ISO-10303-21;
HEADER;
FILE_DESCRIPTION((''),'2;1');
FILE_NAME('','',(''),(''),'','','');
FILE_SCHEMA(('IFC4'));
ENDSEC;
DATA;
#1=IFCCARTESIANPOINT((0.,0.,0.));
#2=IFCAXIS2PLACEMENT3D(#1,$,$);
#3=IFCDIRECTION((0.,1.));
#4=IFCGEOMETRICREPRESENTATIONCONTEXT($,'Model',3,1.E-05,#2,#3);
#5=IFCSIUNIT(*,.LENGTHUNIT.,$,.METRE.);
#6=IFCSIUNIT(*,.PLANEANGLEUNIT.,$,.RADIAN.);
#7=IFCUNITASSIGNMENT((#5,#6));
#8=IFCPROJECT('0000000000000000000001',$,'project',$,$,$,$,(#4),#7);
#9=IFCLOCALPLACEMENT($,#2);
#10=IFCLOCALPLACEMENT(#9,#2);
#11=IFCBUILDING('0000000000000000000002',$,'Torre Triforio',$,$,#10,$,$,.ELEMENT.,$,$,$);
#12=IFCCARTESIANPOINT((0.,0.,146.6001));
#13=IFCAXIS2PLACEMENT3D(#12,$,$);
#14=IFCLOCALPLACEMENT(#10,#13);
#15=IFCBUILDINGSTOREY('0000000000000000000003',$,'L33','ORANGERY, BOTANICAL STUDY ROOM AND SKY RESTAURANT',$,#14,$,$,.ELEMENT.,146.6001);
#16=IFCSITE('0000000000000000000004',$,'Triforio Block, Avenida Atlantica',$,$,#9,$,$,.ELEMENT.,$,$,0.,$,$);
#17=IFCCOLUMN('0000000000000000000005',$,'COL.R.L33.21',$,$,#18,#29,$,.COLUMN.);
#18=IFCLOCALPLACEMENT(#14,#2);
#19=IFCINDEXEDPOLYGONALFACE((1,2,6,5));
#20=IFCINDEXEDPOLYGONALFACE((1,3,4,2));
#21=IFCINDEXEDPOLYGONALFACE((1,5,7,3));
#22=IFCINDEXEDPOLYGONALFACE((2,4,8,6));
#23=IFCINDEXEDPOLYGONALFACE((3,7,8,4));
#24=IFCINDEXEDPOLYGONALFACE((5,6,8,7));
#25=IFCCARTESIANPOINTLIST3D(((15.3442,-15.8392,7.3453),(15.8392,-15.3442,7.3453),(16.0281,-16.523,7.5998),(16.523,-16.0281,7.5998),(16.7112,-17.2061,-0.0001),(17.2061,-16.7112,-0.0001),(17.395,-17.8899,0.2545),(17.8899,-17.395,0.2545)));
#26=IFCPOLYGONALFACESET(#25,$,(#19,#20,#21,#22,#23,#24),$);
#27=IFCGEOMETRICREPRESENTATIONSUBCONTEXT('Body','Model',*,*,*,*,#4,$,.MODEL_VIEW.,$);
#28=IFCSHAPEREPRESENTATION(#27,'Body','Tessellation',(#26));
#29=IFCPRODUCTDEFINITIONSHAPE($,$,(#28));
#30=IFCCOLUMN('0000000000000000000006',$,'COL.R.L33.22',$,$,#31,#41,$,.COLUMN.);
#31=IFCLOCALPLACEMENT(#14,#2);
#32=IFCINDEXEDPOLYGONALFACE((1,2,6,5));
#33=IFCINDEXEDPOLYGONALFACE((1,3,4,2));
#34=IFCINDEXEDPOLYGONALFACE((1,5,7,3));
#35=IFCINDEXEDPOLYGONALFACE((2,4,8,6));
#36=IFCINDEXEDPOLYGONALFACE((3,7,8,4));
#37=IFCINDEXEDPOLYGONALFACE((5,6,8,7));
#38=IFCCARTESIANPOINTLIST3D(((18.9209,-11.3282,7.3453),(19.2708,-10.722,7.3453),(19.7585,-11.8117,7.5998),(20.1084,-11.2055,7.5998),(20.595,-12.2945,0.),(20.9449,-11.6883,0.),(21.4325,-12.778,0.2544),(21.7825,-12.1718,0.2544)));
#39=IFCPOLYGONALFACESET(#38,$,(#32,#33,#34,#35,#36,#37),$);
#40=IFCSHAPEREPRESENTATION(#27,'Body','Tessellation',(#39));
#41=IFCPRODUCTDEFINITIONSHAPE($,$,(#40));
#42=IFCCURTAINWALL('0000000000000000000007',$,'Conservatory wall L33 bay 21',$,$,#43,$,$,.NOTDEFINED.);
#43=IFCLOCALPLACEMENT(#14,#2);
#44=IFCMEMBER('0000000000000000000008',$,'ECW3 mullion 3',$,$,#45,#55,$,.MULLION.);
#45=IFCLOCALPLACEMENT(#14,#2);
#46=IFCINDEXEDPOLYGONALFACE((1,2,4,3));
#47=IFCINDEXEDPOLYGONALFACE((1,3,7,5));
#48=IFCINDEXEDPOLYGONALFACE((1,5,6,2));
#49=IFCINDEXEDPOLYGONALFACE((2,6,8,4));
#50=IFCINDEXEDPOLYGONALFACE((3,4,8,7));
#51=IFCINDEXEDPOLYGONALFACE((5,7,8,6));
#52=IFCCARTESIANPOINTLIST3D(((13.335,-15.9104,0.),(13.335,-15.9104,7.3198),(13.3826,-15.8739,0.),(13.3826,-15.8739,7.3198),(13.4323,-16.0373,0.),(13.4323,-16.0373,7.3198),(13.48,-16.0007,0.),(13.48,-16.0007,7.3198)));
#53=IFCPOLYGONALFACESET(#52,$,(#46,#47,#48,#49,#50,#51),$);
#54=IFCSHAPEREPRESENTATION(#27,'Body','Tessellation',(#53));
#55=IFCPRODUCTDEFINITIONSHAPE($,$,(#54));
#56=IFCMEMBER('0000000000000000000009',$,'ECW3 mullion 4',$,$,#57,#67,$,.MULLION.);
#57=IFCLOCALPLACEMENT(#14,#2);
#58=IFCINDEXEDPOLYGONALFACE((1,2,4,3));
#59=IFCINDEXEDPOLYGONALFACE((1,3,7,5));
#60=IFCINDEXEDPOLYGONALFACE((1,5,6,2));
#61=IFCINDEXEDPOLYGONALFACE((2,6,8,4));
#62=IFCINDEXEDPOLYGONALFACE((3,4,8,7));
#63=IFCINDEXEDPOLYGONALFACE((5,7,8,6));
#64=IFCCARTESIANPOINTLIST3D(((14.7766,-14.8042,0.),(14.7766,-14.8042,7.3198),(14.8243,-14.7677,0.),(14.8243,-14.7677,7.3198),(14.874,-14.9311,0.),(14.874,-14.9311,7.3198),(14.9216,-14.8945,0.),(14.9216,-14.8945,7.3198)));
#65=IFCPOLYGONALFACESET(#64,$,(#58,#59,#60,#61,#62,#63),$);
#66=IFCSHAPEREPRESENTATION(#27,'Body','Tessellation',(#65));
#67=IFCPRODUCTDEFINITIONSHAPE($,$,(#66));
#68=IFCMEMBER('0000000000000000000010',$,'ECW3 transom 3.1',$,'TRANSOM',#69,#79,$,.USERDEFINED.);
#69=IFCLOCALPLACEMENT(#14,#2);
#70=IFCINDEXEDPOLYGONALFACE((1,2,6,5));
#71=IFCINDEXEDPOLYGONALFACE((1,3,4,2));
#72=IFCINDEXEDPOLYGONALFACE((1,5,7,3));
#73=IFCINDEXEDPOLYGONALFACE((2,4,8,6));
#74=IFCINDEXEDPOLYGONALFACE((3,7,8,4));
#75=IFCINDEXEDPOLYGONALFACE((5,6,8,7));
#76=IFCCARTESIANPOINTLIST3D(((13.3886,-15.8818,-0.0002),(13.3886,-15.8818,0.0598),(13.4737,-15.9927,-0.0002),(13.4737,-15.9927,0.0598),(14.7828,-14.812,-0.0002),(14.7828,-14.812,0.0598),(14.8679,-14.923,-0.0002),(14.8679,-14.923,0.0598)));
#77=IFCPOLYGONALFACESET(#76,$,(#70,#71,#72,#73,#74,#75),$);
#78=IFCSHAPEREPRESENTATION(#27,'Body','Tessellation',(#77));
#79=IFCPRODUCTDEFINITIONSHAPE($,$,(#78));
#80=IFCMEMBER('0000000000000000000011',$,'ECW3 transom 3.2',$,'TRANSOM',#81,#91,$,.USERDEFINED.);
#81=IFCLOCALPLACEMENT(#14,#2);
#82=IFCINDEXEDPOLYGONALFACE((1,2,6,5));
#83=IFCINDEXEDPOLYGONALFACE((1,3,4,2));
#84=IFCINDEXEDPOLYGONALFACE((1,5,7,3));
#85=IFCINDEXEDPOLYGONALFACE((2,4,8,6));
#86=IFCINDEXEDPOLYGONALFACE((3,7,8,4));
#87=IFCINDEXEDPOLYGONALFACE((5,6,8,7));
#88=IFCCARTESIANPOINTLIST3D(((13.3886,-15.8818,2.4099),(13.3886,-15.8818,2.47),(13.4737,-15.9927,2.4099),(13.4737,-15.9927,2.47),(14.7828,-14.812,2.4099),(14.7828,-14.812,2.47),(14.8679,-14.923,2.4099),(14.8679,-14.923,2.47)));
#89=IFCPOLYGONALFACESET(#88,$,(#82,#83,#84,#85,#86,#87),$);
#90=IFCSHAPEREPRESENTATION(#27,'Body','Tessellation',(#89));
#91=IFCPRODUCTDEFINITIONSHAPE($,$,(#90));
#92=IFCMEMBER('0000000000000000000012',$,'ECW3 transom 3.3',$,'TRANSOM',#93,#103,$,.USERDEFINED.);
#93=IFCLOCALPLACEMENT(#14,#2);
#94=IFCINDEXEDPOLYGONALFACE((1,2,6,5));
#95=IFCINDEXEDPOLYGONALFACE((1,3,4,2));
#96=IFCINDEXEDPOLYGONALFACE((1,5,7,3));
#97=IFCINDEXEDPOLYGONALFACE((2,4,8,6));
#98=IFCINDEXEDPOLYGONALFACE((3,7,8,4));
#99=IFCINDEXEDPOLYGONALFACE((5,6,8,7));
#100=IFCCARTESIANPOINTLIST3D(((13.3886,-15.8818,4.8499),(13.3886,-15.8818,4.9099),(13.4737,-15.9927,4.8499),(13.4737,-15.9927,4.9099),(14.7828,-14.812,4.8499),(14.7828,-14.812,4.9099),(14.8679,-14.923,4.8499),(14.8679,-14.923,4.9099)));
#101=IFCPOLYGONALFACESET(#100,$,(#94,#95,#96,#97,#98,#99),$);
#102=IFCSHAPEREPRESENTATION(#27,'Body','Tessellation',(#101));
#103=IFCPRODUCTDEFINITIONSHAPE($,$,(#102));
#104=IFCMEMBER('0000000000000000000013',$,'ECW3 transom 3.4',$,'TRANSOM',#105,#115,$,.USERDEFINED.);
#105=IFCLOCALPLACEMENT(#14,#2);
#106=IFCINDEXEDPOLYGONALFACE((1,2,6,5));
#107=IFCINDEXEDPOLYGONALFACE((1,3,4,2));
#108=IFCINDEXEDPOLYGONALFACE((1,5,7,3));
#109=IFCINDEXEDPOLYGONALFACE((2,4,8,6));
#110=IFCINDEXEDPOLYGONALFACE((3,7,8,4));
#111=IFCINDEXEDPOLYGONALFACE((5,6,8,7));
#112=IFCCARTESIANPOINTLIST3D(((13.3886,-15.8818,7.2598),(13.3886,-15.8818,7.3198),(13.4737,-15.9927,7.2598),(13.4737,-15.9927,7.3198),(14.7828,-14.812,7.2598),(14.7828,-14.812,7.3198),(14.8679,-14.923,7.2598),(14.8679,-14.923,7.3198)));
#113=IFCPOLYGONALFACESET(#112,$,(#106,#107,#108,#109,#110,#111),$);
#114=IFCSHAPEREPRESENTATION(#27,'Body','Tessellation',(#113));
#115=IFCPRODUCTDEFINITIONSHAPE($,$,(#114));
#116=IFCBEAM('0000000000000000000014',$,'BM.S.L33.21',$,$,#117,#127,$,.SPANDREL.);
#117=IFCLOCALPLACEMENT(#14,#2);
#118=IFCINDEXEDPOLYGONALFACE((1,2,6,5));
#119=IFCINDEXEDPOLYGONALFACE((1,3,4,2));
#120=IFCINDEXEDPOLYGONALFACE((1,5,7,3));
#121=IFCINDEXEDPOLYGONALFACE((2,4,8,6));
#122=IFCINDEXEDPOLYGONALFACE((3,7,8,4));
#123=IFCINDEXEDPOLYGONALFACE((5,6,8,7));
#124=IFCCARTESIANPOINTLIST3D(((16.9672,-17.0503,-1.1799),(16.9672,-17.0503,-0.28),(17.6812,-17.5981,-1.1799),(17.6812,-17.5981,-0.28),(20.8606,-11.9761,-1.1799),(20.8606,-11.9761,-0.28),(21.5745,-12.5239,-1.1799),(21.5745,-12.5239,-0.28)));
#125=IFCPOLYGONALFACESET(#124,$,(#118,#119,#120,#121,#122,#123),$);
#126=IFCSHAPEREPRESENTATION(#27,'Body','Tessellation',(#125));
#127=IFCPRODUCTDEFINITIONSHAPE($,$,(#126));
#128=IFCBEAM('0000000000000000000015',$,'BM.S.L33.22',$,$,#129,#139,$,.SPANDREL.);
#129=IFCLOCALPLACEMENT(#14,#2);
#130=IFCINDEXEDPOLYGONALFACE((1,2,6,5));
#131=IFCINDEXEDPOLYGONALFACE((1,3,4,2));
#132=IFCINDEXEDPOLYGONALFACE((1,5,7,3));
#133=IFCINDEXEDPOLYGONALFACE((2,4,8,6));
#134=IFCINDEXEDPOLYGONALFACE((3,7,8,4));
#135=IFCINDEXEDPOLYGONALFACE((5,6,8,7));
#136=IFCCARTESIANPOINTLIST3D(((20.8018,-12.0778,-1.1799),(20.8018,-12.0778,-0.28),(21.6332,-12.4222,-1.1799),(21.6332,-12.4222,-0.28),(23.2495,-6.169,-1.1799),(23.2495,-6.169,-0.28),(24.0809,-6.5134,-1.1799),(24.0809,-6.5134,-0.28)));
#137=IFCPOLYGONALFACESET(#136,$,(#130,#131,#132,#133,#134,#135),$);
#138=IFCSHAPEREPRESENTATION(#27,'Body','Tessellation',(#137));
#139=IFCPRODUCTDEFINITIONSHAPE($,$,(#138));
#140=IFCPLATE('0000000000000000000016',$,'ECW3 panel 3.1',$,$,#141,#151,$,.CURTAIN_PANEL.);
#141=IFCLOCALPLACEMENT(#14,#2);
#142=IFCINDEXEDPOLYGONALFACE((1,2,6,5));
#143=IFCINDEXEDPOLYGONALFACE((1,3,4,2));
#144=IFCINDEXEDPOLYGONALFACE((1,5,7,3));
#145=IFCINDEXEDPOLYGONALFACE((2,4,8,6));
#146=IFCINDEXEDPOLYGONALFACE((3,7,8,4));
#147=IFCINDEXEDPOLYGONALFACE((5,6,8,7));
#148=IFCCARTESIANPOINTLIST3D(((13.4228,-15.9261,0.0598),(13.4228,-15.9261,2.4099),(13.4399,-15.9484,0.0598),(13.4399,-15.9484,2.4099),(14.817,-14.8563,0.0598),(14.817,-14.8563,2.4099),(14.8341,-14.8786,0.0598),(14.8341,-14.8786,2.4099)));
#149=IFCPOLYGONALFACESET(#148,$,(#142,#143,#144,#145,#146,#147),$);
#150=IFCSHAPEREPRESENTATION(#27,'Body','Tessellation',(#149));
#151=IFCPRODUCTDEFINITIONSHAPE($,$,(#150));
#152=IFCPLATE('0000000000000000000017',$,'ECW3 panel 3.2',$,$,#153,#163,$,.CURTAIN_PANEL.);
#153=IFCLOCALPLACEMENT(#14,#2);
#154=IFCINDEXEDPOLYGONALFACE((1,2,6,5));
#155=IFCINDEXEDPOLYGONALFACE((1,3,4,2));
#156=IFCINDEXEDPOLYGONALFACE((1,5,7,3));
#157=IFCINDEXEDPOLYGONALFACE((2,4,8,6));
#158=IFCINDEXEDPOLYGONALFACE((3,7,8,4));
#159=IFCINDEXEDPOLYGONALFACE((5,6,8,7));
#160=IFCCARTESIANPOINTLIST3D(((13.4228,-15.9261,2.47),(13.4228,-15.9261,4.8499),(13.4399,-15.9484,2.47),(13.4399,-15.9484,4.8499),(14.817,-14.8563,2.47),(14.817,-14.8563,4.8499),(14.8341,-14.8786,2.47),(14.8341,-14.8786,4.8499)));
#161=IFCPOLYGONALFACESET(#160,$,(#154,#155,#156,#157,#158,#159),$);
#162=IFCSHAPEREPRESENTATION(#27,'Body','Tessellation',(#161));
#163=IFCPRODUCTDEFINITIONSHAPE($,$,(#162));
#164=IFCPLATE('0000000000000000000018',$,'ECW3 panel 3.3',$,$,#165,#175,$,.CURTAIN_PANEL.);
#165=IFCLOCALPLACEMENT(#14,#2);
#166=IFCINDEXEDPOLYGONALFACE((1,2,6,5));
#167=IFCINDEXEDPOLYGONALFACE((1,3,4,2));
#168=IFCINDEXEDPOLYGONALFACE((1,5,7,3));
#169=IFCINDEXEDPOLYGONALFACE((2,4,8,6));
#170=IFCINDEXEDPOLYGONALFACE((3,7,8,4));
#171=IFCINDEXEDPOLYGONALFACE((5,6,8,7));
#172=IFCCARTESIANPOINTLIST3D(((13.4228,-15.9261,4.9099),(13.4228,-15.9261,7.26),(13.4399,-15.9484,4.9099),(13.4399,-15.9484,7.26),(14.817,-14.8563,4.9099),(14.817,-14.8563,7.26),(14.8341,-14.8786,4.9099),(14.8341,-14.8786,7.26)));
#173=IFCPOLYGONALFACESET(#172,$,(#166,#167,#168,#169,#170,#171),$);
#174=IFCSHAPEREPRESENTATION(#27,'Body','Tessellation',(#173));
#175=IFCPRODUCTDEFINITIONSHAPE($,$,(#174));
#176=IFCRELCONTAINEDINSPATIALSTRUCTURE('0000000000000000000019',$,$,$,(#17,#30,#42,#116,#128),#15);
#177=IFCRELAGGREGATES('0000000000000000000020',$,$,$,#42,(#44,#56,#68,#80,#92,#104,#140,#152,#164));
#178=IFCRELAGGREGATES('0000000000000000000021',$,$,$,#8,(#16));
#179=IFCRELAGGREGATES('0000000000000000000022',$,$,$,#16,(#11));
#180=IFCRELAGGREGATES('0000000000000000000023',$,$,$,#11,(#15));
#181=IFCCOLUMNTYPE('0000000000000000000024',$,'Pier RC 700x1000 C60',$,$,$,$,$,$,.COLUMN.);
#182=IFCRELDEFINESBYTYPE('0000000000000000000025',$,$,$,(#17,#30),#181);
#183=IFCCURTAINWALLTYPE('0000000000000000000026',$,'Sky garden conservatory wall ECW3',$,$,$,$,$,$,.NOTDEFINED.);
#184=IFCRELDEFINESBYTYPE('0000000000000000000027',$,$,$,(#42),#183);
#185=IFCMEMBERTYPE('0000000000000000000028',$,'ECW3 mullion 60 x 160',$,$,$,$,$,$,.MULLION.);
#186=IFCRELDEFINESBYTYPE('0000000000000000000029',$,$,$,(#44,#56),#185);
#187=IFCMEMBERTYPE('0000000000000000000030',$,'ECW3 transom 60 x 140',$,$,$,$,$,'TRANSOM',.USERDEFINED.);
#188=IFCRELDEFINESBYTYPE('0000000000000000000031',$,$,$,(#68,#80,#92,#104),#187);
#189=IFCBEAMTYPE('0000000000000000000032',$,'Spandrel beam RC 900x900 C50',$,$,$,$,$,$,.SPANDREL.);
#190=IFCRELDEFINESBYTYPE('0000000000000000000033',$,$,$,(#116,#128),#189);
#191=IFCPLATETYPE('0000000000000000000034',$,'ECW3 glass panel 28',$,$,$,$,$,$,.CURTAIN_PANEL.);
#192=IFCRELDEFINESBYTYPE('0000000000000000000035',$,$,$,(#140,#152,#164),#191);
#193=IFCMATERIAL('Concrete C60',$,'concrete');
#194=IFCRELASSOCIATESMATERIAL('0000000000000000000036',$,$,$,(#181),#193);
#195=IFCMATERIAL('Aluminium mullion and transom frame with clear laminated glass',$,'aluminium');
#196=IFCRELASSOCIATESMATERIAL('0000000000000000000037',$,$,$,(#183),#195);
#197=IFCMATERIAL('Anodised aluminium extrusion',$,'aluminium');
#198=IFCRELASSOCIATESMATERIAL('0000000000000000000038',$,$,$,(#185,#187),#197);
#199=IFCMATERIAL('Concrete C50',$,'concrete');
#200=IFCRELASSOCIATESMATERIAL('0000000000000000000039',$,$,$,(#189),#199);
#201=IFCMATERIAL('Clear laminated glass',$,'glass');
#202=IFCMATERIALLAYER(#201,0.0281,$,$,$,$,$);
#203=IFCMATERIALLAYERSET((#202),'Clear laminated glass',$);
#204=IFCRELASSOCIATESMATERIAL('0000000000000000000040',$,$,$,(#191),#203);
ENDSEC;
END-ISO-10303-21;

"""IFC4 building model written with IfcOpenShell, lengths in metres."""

from ifc_helpers import new_model, si_unit, direction, frame, origin, origin_2d, place, context, subcontext, project, spatial, rectangle, extrude, material, layer, layer_set, material_profile, profile_set, type_object, element, aggregate, save


model = new_model("IFC4")

# Units and contexts
model_context = context("Model", 3, precision=1e-05, world=origin(), true_north=direction((0.0, 1.0)))
body_context = subcontext(model_context, "Body", "Model", "MODEL_VIEW")
ifc_project = project(units=[si_unit("LENGTHUNIT", "METRE"), si_unit("PLANEANGLEUNIT", "RADIAN")], contexts=[model_context])

# Site, building, storey
site_placement = place(None, origin())
site = spatial("IfcSite", under=ifc_project, at=site_placement, Name="Triforio Block, Avenida Atlantica", CompositionType="ELEMENT", RefElevation=0.0)
building_placement = place(site_placement, origin())
building = spatial("IfcBuilding", under=site, at=building_placement, Name="Torre Triforio", CompositionType="ELEMENT")
storey_placement = place(building_placement, frame((0.0, 0.0, 146.6001)))
storey = spatial("IfcBuildingStorey", under=building, at=storey_placement, Name="L33", Description="ORANGERY, BOTANICAL STUDY ROOM AND SKY RESTAURANT", CompositionType="ELEMENT", Elevation=146.6001)

# Columns
ifc_material_1 = material(Name="Concrete C60", Category="concrete")
ifc_material_profile_1 = material_profile(ifc_material_1, rectangle(XDim=0.7, YDim=1.0, at=origin_2d()), Name="RC 700x1000")
ifc_profile_set_1 = profile_set([ifc_material_profile_1], Name="Concrete C60")
column_type = type_object("IfcColumnType", Name="Pier RC 700x1000 C60", PredefinedType="COLUMN", material=ifc_profile_set_1)
for number, where, z_axis, x_axis, name in (
    (1, (17.3005, -17.3005, 0.1272), (-0.179966, 0.179966, 0.96707), (-0.707107, -0.707107, 0.0), "COL.R.L33.21"),
    (2, (21.1887, -12.2332, 0.1272), (-0.220402, 0.127221, 0.967077), (-0.499916, -0.866074, 0.0), "COL.R.L33.22"),
):
    element("IfcColumn", number, at=place(storey_placement, frame(where, z_axis=z_axis, x_axis=x_axis)), inside=storey, type_object=column_type, Name=name, PredefinedType="COLUMN", context=body_context, shape_type="SweptSolid", body=[
        extrude(rectangle(XDim=0.7, YDim=1.0, at=origin_2d()), origin(), (0.0, 0.0, 1.0), 7.5955),
    ])

# Curtain wall, members
ifc_material_2 = material(Name="Aluminium mullion and transom frame with clear laminated glass", Category="aluminium")
curtain_wall_type = type_object("IfcCurtainWallType", Name="Sky garden conservatory wall ECW3", PredefinedType="NOTDEFINED", material=ifc_material_2)
curtain_wall_placement = place(storey_placement, origin())
curtain_wall = element("IfcCurtainWall", 3, at=curtain_wall_placement, inside=storey, type_object=curtain_wall_type, Name="Conservatory wall L33 bay 21", PredefinedType="NOTDEFINED")
ifc_material_3 = material(Name="Anodised aluminium extrusion", Category="aluminium")
ifc_material_profile_2 = material_profile(ifc_material_3, rectangle(XDim=0.1599, YDim=0.0601, at=origin_2d()), Name="ECW3 MULLION 60x160")
ifc_profile_set_2 = profile_set([ifc_material_profile_2], Name="Anodised aluminium extrusion")
member_type_1 = type_object("IfcMemberType", Name="ECW3 mullion 60 x 160", PredefinedType="MULLION", material=ifc_profile_set_2)
member_1_placement = place(storey_placement, frame((13.4075, -15.9556, 0.0), z_axis=(0.0, 0.0, 1.0), x_axis=(-0.608763, 0.793352, 0.0)))
member_1 = element("IfcMember", 4, at=member_1_placement, type_object=member_type_1, Name="ECW3 mullion 3", PredefinedType="MULLION", context=body_context, shape_type="SweptSolid", body=[
    extrude(rectangle(XDim=0.1599, YDim=0.0601, at=origin_2d()), origin(), (0.0, 0.0, 1.0), 7.3198),
])
member_2_placement = place(storey_placement, frame((14.8491, -14.8494, 0.0), z_axis=(0.0, 0.0, 1.0), x_axis=(-0.608763, 0.793352, 0.0)))
member_2 = element("IfcMember", 5, at=member_2_placement, type_object=member_type_1, Name="ECW3 mullion 4", PredefinedType="MULLION", context=body_context, shape_type="SweptSolid", body=[
    extrude(rectangle(XDim=0.1599, YDim=0.0601, at=origin_2d()), origin(), (0.0, 0.0, 1.0), 7.3198),
])
ifc_material_profile_3 = material_profile(ifc_material_3, rectangle(XDim=0.1399, YDim=0.0601, at=origin_2d()), Name="ECW3 TRANSOM 60x140")
ifc_profile_set_3 = profile_set([ifc_material_profile_3], Name="Anodised aluminium extrusion")
member_type_2 = type_object("IfcMemberType", Name="ECW3 transom 60 x 140", ElementType="TRANSOM", PredefinedType="USERDEFINED", material=ifc_profile_set_3)
member_3_placement = place(storey_placement, frame((13.4312, -15.9373, 0.0298), z_axis=(0.793367, 0.608744, 0.0), x_axis=(-0.608744, 0.793367, 0.0)))
member_3 = element("IfcMember", 6, at=member_3_placement, type_object=member_type_2, Name="ECW3 transom 3.1", ObjectType="TRANSOM", PredefinedType="USERDEFINED", context=body_context, shape_type="SweptSolid", body=[
    extrude(rectangle(XDim=0.1399, YDim=0.0601, at=origin_2d()), origin(), (0.0, 0.0, 1.0), 1.7573),
])
member_4_placement = place(storey_placement, frame((13.4312, -15.9373, 2.4399), z_axis=(0.793367, 0.608744, 0.0), x_axis=(-0.608744, 0.793367, 0.0)))
member_4 = element("IfcMember", 7, at=member_4_placement, type_object=member_type_2, Name="ECW3 transom 3.2", ObjectType="TRANSOM", PredefinedType="USERDEFINED", context=body_context, shape_type="SweptSolid", body=[
    extrude(rectangle(XDim=0.1399, YDim=0.0601, at=origin_2d()), origin(), (0.0, 0.0, 1.0), 1.7573),
])
member_5_placement = place(storey_placement, frame((13.4312, -15.9373, 4.8799), z_axis=(0.793367, 0.608744, 0.0), x_axis=(-0.608744, 0.793367, 0.0)))
member_5 = element("IfcMember", 8, at=member_5_placement, type_object=member_type_2, Name="ECW3 transom 3.3", ObjectType="TRANSOM", PredefinedType="USERDEFINED", context=body_context, shape_type="SweptSolid", body=[
    extrude(rectangle(XDim=0.1399, YDim=0.0601, at=origin_2d()), origin(), (0.0, 0.0, 1.0), 1.7573),
])
member_6_placement = place(storey_placement, frame((13.4312, -15.9373, 7.2898), z_axis=(0.793367, 0.608744, 0.0), x_axis=(-0.608744, 0.793367, 0.0)))
member_6 = element("IfcMember", 9, at=member_6_placement, type_object=member_type_2, Name="ECW3 transom 3.4", ObjectType="TRANSOM", PredefinedType="USERDEFINED", context=body_context, shape_type="SweptSolid", body=[
    extrude(rectangle(XDim=0.1399, YDim=0.0601, at=origin_2d()), origin(), (0.0, 0.0, 1.0), 1.7573),
])

# Beams
ifc_material_4 = material(Name="Concrete C50", Category="concrete")
ifc_material_profile_4 = material_profile(ifc_material_4, rectangle(XDim=0.8999, YDim=0.8999, at=origin_2d()), Name="RC 900x900")
ifc_profile_set_4 = profile_set([ifc_material_profile_4], Name="Concrete C50")
beam_type = type_object("IfcBeamType", Name="Spandrel beam RC 900x900 C50", PredefinedType="SPANDREL", material=ifc_profile_set_4)
for number, where, z_axis, x_axis, name in (
    (10, (17.3242, -17.3242, -0.73), (0.608734, 0.793374, 0.0), (-0.793374, 0.608734, 0.0), "BM.S.L33.21"),
    (11, (21.2175, -12.25, -0.73), (0.382709, 0.923869, 0.0), (-0.923869, 0.382709, 0.0), "BM.S.L33.22"),
):
    element("IfcBeam", number, at=place(storey_placement, frame(where, z_axis=z_axis, x_axis=x_axis)), inside=storey, type_object=beam_type, Name=name, PredefinedType="SPANDREL", context=body_context, shape_type="SweptSolid", body=[
        extrude(rectangle(XDim=0.8999, YDim=0.8999, at=origin_2d()), origin(), (0.0, 0.0, 1.0), 6.3958),
    ])

# Plates
ifc_material_5 = material(Name="Clear laminated glass", Category="glass")
ifc_layer_1 = layer(ifc_material_5, 0.0281)
ifc_layer_set_1 = layer_set([ifc_layer_1], Name="Clear laminated glass")
plate_type = type_object("IfcPlateType", Name="ECW3 glass panel 28", PredefinedType="CURTAIN_PANEL", material=ifc_layer_set_1)
plate_1_placement = place(storey_placement, frame((14.1284, -15.4023, 0.0598), z_axis=(0.0, 0.0, 1.0), x_axis=(0.793352, 0.608763, 0.0)))
plate_1 = element("IfcPlate", 12, at=plate_1_placement, type_object=plate_type, Name="ECW3 panel 3.1", PredefinedType="CURTAIN_PANEL", context=body_context, shape_type="SweptSolid", body=[
    extrude(rectangle(XDim=1.7573, YDim=0.0281, at=origin_2d()), origin(), (0.0, 0.0, 1.0), 2.3501),
])
plate_2_placement = place(storey_placement, frame((14.1284, -15.4023, 2.47), z_axis=(0.0, 0.0, 1.0), x_axis=(0.793352, 0.608763, 0.0)))
plate_2 = element("IfcPlate", 13, at=plate_2_placement, type_object=plate_type, Name="ECW3 panel 3.2", PredefinedType="CURTAIN_PANEL", context=body_context, shape_type="SweptSolid", body=[
    extrude(rectangle(XDim=1.7573, YDim=0.0281, at=origin_2d()), origin(), (0.0, 0.0, 1.0), 2.3799),
])
plate_3_placement = place(storey_placement, frame((14.1284, -15.4023, 4.9099), z_axis=(0.0, 0.0, 1.0), x_axis=(0.793352, 0.608763, 0.0)))
plate_3 = element("IfcPlate", 14, at=plate_3_placement, type_object=plate_type, Name="ECW3 panel 3.3", PredefinedType="CURTAIN_PANEL", context=body_context, shape_type="SweptSolid", body=[
    extrude(rectangle(XDim=1.7573, YDim=0.0281, at=origin_2d()), origin(), (0.0, 0.0, 1.0), 2.3501),
])
aggregate(curtain_wall, [member_1, member_2, member_3, member_4, member_5, member_6, plate_1, plate_2, plate_3])

save(model, "model.ifc")
